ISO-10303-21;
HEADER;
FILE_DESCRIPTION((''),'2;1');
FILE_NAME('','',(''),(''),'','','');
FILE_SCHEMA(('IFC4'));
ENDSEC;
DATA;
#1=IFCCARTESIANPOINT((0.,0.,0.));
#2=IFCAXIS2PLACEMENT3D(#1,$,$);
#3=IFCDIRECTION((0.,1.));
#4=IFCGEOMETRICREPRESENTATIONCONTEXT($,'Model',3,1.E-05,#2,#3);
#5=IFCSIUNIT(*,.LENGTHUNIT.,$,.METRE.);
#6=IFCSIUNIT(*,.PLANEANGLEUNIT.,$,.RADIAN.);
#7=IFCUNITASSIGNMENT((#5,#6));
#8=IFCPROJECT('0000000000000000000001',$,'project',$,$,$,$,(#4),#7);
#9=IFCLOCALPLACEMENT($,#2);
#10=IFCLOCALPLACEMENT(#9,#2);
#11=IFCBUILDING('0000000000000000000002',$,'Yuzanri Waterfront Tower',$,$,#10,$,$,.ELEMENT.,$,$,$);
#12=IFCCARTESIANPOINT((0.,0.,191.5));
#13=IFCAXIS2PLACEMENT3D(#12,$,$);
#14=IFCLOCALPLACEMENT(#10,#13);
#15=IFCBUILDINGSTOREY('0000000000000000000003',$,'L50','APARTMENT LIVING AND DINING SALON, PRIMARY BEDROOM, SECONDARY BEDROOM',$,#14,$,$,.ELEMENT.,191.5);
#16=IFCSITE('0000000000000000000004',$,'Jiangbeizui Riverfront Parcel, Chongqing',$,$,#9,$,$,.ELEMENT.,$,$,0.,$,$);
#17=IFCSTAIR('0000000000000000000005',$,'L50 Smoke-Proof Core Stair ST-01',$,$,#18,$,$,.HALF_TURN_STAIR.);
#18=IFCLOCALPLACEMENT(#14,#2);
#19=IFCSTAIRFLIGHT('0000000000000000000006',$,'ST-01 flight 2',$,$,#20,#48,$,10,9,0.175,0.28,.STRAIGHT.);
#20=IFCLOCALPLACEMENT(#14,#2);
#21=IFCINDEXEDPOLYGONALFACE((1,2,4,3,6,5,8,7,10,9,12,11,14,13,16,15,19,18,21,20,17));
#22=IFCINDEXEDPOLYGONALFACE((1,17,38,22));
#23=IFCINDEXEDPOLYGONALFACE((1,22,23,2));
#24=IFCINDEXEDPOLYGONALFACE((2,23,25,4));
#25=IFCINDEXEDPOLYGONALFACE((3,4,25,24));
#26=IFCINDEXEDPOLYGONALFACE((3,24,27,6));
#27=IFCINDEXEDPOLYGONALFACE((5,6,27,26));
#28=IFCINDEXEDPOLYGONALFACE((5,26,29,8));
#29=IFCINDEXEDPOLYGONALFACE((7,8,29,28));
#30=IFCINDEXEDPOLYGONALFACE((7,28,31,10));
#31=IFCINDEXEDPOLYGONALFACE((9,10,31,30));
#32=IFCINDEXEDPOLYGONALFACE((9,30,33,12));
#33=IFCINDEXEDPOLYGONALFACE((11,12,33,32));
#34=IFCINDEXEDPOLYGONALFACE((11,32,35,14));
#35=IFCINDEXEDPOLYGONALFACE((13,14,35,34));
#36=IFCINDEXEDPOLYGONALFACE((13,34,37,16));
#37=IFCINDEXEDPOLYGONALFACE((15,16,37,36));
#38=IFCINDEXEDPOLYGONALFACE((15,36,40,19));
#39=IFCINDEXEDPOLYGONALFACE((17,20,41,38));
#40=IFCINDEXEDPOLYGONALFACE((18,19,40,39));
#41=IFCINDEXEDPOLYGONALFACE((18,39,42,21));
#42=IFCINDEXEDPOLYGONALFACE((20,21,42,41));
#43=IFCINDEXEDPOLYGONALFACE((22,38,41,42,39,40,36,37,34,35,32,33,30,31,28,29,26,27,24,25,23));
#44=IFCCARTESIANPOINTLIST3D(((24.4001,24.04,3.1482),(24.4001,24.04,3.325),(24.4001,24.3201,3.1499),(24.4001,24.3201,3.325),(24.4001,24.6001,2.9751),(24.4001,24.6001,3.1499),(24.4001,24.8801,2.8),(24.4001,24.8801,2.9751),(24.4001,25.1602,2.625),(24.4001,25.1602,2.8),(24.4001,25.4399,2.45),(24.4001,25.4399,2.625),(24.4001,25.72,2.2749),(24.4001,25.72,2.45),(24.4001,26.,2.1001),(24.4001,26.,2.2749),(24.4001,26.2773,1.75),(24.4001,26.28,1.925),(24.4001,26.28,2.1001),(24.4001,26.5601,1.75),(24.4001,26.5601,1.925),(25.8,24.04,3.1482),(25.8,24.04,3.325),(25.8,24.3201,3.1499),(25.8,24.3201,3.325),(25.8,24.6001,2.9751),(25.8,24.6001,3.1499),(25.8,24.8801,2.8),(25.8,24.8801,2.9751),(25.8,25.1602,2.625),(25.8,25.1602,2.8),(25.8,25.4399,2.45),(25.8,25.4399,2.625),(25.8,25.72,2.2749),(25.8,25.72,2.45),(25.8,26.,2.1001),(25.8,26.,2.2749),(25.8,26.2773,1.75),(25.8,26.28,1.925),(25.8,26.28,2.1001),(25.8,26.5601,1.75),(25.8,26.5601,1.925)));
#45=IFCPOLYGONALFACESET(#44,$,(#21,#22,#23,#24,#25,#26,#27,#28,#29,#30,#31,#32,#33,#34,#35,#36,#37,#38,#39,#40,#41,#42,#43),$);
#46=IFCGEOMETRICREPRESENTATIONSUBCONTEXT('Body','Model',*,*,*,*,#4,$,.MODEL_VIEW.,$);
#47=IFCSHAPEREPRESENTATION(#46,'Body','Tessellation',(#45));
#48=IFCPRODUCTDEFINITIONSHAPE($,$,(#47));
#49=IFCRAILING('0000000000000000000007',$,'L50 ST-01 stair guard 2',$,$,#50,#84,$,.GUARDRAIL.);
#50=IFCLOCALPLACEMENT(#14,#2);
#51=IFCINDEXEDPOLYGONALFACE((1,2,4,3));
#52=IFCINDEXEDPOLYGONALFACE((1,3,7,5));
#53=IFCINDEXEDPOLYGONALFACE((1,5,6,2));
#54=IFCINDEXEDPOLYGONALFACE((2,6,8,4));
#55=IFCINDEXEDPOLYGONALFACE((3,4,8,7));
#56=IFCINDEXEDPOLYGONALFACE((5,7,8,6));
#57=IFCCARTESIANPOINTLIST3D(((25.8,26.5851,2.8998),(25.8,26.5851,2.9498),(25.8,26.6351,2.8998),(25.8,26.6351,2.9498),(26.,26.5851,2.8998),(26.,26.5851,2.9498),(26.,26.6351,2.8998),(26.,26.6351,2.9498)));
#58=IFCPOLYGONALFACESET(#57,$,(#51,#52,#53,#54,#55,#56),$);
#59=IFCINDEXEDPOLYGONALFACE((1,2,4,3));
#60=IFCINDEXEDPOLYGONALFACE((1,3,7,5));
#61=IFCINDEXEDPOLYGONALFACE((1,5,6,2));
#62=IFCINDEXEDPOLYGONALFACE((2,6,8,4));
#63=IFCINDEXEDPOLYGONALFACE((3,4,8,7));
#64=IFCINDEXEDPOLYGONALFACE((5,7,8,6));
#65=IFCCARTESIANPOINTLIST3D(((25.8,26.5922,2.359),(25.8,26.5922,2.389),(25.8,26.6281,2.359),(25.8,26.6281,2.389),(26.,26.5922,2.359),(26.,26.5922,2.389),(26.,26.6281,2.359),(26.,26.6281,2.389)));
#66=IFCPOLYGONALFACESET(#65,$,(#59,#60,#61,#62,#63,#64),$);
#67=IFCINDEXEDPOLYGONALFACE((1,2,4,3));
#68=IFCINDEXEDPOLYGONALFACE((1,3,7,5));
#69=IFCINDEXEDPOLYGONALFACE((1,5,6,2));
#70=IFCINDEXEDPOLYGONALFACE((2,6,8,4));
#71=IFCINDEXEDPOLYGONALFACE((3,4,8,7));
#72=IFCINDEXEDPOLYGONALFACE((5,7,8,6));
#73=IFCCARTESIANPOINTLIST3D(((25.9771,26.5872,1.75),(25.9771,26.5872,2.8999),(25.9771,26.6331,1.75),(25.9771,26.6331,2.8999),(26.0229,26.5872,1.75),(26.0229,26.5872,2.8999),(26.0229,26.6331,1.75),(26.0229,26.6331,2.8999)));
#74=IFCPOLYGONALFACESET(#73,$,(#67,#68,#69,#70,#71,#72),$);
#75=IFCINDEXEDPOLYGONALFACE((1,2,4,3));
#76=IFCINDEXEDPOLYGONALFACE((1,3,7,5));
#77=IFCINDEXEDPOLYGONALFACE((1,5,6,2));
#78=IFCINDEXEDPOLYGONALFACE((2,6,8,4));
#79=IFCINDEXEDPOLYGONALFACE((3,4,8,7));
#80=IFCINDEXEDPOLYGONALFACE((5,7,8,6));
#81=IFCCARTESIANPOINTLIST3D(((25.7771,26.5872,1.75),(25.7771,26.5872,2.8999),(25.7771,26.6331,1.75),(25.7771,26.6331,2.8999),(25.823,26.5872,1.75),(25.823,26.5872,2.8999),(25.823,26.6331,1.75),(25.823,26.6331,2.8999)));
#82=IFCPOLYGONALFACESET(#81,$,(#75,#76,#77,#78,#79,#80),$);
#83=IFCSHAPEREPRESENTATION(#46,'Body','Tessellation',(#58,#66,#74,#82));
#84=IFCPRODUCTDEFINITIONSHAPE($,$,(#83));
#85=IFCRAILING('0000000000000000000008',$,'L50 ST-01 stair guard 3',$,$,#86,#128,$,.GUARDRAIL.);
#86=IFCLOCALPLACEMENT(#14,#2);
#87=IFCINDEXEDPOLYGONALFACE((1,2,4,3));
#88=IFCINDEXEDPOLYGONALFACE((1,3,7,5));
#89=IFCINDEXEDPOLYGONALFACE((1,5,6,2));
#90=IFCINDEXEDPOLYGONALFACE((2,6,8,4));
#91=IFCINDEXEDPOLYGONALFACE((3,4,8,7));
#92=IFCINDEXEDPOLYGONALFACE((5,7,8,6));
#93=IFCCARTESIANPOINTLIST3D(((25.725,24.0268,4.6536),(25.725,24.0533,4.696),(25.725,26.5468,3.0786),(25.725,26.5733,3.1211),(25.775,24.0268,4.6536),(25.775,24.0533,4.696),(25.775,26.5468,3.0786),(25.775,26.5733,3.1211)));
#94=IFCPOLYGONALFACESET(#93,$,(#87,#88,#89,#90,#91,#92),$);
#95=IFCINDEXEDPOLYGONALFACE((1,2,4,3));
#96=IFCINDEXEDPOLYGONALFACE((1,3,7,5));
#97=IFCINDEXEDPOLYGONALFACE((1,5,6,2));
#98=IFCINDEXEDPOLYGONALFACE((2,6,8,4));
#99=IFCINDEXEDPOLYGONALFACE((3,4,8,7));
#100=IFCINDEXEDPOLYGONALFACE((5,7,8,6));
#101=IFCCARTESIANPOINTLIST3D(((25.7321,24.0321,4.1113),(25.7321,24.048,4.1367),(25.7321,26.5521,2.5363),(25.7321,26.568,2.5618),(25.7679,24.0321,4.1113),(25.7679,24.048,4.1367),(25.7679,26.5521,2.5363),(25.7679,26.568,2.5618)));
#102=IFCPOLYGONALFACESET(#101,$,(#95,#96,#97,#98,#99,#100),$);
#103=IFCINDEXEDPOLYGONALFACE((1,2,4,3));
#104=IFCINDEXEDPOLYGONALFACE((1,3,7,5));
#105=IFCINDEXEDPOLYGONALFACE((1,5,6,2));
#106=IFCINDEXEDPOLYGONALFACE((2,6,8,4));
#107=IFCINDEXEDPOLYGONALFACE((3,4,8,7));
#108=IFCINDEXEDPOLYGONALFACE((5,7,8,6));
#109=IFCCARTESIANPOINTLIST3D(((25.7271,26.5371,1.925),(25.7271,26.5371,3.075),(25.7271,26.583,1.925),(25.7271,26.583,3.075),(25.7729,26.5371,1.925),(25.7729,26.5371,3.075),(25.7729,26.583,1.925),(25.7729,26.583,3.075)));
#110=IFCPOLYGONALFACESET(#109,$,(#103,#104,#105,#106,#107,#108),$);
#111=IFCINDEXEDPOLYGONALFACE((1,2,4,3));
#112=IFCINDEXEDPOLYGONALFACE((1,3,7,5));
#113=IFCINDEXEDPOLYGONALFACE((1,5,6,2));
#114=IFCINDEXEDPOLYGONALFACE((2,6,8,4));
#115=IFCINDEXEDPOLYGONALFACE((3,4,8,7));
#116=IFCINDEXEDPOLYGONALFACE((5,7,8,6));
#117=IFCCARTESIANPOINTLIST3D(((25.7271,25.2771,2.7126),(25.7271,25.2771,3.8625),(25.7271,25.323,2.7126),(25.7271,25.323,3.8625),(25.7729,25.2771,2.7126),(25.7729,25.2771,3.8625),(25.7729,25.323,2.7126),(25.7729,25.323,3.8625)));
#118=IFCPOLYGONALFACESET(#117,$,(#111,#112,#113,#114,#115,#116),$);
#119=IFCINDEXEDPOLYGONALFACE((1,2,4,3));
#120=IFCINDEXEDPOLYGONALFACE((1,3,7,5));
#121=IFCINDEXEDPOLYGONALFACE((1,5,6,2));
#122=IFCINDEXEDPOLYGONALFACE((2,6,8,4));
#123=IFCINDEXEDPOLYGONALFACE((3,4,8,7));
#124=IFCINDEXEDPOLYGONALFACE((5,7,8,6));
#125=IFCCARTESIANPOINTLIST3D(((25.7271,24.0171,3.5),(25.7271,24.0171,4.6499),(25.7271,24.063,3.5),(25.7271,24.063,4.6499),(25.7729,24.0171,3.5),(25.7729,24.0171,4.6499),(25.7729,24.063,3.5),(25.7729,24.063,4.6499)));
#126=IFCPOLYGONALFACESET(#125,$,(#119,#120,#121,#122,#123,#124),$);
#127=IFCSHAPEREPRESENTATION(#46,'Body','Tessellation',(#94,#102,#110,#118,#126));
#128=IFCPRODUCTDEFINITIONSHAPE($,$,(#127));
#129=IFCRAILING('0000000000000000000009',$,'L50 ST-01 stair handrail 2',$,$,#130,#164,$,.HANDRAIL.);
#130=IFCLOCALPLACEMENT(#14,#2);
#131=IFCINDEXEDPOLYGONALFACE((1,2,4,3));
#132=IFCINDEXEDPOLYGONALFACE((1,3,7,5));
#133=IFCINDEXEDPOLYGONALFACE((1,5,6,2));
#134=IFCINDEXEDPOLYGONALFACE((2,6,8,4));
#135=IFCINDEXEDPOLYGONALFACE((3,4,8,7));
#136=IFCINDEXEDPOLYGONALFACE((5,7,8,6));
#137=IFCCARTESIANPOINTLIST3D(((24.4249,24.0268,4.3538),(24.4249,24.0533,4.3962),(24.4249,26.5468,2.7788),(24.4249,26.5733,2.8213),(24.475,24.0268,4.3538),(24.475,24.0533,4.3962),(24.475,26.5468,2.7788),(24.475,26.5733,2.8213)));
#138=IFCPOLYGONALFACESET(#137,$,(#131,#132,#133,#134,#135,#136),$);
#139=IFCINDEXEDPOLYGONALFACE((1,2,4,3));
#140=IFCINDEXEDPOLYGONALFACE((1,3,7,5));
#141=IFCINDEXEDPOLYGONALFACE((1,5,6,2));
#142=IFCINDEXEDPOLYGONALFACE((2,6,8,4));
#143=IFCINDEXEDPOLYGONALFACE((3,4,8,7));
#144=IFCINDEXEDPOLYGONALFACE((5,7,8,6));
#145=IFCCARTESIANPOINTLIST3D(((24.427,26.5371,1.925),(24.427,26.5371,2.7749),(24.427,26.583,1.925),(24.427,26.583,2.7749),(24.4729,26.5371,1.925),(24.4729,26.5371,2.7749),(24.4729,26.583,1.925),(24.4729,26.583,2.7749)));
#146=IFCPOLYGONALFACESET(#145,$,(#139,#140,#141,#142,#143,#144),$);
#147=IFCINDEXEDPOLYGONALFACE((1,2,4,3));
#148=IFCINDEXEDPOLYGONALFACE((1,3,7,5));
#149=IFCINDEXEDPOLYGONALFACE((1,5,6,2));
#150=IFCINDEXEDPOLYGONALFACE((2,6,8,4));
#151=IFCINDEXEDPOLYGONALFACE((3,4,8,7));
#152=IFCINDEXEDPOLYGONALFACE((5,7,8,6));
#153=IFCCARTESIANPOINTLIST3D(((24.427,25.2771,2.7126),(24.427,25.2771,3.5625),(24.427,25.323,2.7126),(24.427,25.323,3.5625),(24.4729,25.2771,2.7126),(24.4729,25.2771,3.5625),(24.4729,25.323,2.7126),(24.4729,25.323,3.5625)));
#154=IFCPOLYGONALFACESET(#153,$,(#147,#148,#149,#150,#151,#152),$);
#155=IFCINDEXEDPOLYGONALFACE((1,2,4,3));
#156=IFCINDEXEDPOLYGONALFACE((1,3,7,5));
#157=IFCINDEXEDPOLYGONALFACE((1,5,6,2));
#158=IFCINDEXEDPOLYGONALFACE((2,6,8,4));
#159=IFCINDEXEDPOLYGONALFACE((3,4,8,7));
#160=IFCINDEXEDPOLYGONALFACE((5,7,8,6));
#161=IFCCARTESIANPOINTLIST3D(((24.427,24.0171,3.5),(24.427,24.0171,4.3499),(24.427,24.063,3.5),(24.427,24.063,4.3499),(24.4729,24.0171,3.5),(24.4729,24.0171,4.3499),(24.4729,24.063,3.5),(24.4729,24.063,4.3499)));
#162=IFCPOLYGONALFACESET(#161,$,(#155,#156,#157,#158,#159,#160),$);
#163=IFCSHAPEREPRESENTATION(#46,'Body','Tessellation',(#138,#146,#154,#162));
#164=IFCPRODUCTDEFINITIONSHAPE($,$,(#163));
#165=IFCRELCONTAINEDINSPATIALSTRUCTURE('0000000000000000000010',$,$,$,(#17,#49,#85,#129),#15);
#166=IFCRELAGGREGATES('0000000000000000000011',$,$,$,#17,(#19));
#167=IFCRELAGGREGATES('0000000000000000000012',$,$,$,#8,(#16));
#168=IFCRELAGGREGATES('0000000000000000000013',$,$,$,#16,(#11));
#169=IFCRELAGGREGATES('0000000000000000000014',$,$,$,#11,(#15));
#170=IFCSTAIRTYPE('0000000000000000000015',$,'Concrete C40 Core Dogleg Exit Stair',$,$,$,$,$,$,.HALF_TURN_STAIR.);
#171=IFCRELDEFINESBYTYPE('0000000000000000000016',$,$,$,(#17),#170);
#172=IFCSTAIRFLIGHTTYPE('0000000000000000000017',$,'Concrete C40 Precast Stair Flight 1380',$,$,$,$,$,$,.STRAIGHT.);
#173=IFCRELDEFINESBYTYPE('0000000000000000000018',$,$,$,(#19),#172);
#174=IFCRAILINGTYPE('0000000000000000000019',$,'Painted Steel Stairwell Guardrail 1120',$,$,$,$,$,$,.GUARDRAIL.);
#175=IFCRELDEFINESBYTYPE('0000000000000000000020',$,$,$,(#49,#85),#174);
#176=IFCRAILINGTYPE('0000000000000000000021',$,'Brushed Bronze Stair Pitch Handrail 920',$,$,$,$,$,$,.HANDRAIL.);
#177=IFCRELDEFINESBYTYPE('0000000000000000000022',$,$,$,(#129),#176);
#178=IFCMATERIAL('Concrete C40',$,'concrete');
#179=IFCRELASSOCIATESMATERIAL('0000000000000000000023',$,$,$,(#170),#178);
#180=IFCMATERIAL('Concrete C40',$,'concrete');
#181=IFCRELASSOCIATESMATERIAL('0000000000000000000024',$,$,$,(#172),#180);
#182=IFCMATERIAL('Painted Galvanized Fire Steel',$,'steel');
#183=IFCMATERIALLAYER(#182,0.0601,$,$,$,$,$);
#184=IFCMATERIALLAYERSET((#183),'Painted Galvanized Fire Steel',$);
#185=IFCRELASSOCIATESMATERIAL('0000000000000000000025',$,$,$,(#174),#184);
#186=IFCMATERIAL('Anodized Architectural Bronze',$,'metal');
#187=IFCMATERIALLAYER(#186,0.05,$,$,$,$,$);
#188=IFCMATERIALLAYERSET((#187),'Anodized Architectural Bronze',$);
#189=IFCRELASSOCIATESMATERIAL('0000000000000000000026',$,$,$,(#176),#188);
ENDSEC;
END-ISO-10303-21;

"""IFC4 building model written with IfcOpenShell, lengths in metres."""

from ifc_helpers import new_model, si_unit, direction, frame, origin, origin_2d, place, context, subcontext, project, spatial, polyline, rectangle, outline, extrude, source, transform, mapped, material, layer, layer_set, type_object, element, aggregate, save


model = new_model("IFC4")

# Units and contexts
model_context = context("Model", 3, precision=1e-05, world=origin(), true_north=direction((0.0, 1.0)))
body_context = subcontext(model_context, "Body", "Model", "MODEL_VIEW")
ifc_project = project(units=[si_unit("LENGTHUNIT", "METRE"), si_unit("PLANEANGLEUNIT", "RADIAN")], contexts=[model_context])

# Site, building, storey
site_placement = place(None, origin())
site = spatial("IfcSite", under=ifc_project, at=site_placement, Name="Jiangbeizui Riverfront Parcel, Chongqing", CompositionType="ELEMENT", RefElevation=0.0)
building_placement = place(site_placement, origin())
building = spatial("IfcBuilding", under=site, at=building_placement, Name="Yuzanri Waterfront Tower", CompositionType="ELEMENT")
storey_placement = place(building_placement, frame((0.0, 0.0, 191.5)))
storey = spatial("IfcBuildingStorey", under=building, at=storey_placement, Name="L50", Description="APARTMENT LIVING AND DINING SALON, PRIMARY BEDROOM, SECONDARY BEDROOM", CompositionType="ELEMENT", Elevation=191.5)

# Stair, stair flight
ifc_material_1 = material(Name="Concrete C40", Category="concrete")
stair_type = type_object("IfcStairType", Name="Concrete C40 Core Dogleg Exit Stair", PredefinedType="HALF_TURN_STAIR", material=ifc_material_1)
stair_placement = place(storey_placement, origin())
stair = element("IfcStair", 1, at=stair_placement, inside=storey, type_object=stair_type, Name="L50 Smoke-Proof Core Stair ST-01", PredefinedType="HALF_TURN_STAIR")
ifc_material_2 = material(Name="Concrete C40", Category="concrete")
stair_flight_type = type_object("IfcStairFlightType", Name="Concrete C40 Precast Stair Flight 1380", PredefinedType="STRAIGHT", material=ifc_material_2)
shared_shape_1 = source(origin(), body_context, "Body", "SweptSolid", [
    extrude(outline(polyline([(0.0, 0.0), (0.0, 0.175), (0.28, 0.175), (0.28, 0.3501), (0.5601, 0.3501), (0.5601, 0.5249), (0.8401, 0.5249), (0.8401, 0.7), (1.1201, 0.7), (1.1201, 0.875), (1.3999, 0.875), (1.3999, 1.05), (1.6799, 1.05), (1.6799, 1.2251), (1.96, 1.2251), (1.96, 1.3999), (2.24, 1.3999), (2.24, 1.575), (2.52, 1.575), (2.52, 1.75), (2.52, 1.3982), (0.2827, 0.0), (0.0, 0.0)])), frame((0.0, 0.7, 0.0), z_axis=(0.0, -1.0, 0.0), x_axis=(1.0, 0.0, 0.0)), (0.0, 0.0, 1.0), 1.3999),
])
stair_flight_placement = place(storey_placement, frame((25.1001, 26.5601, 1.75), z_axis=(0.0, 0.0, 1.0), x_axis=(0.0, -1.0, 0.0)))
stair_flight = element("IfcStairFlight", 2, at=stair_flight_placement, type_object=stair_flight_type, Name="ST-01 flight 2", NumberOfRisers=10, NumberOfTreads=9, PredefinedType="STRAIGHT", RiserHeight=0.175, TreadLength=0.28, context=body_context, shape_type="MappedRepresentation", body=[
    mapped(shared_shape_1, transform((0.0, 0.0, 0.0), scale=1.0)),
])
aggregate(stair, [stair_flight])

# Railings
ifc_material_3 = material(Name="Painted Galvanized Fire Steel", Category="steel")
ifc_layer_1 = layer(ifc_material_3, 0.0601)
ifc_layer_set_1 = layer_set([ifc_layer_1], Name="Painted Galvanized Fire Steel")
railing_type_1 = type_object("IfcRailingType", Name="Painted Steel Stairwell Guardrail 1120", PredefinedType="GUARDRAIL", material=ifc_layer_set_1)
shared_shape_2 = source(origin(), body_context, "Body", "SweptSolid", [
    extrude(rectangle(XDim=0.05, YDim=0.05, at=origin_2d()), frame((0.0, 0.0, 1.1748), z_axis=(-1.0, 0.0, 0.0), x_axis=(0.0, -1.0, 0.0)), (0.0, 0.0, 1.0), 0.2),
    extrude(rectangle(XDim=0.0359, YDim=0.03, at=origin_2d()), frame((0.0, 0.0, 0.624), z_axis=(-1.0, 0.0, 0.0), x_axis=(0.0, -1.0, 0.0)), (0.0, 0.0, 1.0), 0.2),
    extrude(rectangle(XDim=0.0459, YDim=0.0459, at=origin_2d()), origin(), (0.0, 0.0, 1.0), 1.1499),
    extrude(rectangle(XDim=0.0459, YDim=0.0459, at=origin_2d()), frame((-0.2, 0.0, 0.0)), (0.0, 0.0, 1.0), 1.1499),
])
railing_1_placement = place(storey_placement, frame((26.0, 26.6101, 1.75)))
element("IfcRailing", 3, at=railing_1_placement, inside=storey, type_object=railing_type_1, Name="L50 ST-01 stair guard 2", PredefinedType="GUARDRAIL", context=body_context, shape_type="MappedRepresentation", body=[
    mapped(shared_shape_2, transform((0.0, 0.0, 0.0), scale=1.0)),
])
shared_shape_3 = source(origin(), body_context, "Body", "SweptSolid", [
    extrude(rectangle(XDim=0.05, YDim=0.05, at=origin_2d()), frame((0.0, 0.0, 1.1748), z_axis=(0.0, -0.848008, 0.529984), x_axis=(1.0, 0.0, 0.0)), (0.0, 0.0, 1.0), 2.9717),
    extrude(rectangle(XDim=0.0359, YDim=0.03, at=origin_2d()), frame((0.0, 0.0, 0.624), z_axis=(0.0, -0.848008, 0.529984), x_axis=(1.0, 0.0, 0.0)), (0.0, 0.0, 1.0), 2.9717),
    extrude(rectangle(XDim=0.0459, YDim=0.0459, at=origin_2d()), origin(), (0.0, 0.0, 1.0), 1.1499),
    extrude(rectangle(XDim=0.0459, YDim=0.0459, at=origin_2d()), frame((0.0, -1.26, 0.7876)), (0.0, 0.0, 1.0), 1.1499),
    extrude(rectangle(XDim=0.0459, YDim=0.0459, at=origin_2d()), frame((0.0, -2.52, 1.575)), (0.0, 0.0, 1.0), 1.1499),
])
railing_2_placement = place(storey_placement, frame((25.75, 26.5601, 1.925)))
element("IfcRailing", 4, at=railing_2_placement, inside=storey, type_object=railing_type_1, Name="L50 ST-01 stair guard 3", PredefinedType="GUARDRAIL", context=body_context, shape_type="MappedRepresentation", body=[
    mapped(shared_shape_3, transform((0.0, 0.0, 0.0), scale=1.0)),
])
ifc_material_4 = material(Name="Anodized Architectural Bronze", Category="metal")
ifc_layer_2 = layer(ifc_material_4, 0.05)
ifc_layer_set_2 = layer_set([ifc_layer_2], Name="Anodized Architectural Bronze")
railing_type_2 = type_object("IfcRailingType", Name="Brushed Bronze Stair Pitch Handrail 920", PredefinedType="HANDRAIL", material=ifc_layer_set_2)
shared_shape_4 = source(origin(), body_context, "Body", "SweptSolid", [
    extrude(rectangle(XDim=0.05, YDim=0.05, at=origin_2d()), frame((0.0, 0.0, 0.875), z_axis=(0.0, -0.848008, 0.529984), x_axis=(1.0, 0.0, 0.0)), (0.0, 0.0, 1.0), 2.9717),
    extrude(rectangle(XDim=0.0459, YDim=0.0459, at=origin_2d()), origin(), (0.0, 0.0, 1.0), 0.8499),
    extrude(rectangle(XDim=0.0459, YDim=0.0459, at=origin_2d()), frame((0.0, -1.26, 0.7876)), (0.0, 0.0, 1.0), 0.8499),
    extrude(rectangle(XDim=0.0459, YDim=0.0459, at=origin_2d()), frame((0.0, -2.52, 1.575)), (0.0, 0.0, 1.0), 0.8499),
])
railing_3_placement = place(storey_placement, frame((24.45, 26.5601, 1.925)))
element("IfcRailing", 5, at=railing_3_placement, inside=storey, type_object=railing_type_2, Name="L50 ST-01 stair handrail 2", PredefinedType="HANDRAIL", context=body_context, shape_type="MappedRepresentation", body=[
    mapped(shared_shape_4, transform((0.0, 0.0, 0.0), scale=1.0)),
])

save(model, "model.ifc")
